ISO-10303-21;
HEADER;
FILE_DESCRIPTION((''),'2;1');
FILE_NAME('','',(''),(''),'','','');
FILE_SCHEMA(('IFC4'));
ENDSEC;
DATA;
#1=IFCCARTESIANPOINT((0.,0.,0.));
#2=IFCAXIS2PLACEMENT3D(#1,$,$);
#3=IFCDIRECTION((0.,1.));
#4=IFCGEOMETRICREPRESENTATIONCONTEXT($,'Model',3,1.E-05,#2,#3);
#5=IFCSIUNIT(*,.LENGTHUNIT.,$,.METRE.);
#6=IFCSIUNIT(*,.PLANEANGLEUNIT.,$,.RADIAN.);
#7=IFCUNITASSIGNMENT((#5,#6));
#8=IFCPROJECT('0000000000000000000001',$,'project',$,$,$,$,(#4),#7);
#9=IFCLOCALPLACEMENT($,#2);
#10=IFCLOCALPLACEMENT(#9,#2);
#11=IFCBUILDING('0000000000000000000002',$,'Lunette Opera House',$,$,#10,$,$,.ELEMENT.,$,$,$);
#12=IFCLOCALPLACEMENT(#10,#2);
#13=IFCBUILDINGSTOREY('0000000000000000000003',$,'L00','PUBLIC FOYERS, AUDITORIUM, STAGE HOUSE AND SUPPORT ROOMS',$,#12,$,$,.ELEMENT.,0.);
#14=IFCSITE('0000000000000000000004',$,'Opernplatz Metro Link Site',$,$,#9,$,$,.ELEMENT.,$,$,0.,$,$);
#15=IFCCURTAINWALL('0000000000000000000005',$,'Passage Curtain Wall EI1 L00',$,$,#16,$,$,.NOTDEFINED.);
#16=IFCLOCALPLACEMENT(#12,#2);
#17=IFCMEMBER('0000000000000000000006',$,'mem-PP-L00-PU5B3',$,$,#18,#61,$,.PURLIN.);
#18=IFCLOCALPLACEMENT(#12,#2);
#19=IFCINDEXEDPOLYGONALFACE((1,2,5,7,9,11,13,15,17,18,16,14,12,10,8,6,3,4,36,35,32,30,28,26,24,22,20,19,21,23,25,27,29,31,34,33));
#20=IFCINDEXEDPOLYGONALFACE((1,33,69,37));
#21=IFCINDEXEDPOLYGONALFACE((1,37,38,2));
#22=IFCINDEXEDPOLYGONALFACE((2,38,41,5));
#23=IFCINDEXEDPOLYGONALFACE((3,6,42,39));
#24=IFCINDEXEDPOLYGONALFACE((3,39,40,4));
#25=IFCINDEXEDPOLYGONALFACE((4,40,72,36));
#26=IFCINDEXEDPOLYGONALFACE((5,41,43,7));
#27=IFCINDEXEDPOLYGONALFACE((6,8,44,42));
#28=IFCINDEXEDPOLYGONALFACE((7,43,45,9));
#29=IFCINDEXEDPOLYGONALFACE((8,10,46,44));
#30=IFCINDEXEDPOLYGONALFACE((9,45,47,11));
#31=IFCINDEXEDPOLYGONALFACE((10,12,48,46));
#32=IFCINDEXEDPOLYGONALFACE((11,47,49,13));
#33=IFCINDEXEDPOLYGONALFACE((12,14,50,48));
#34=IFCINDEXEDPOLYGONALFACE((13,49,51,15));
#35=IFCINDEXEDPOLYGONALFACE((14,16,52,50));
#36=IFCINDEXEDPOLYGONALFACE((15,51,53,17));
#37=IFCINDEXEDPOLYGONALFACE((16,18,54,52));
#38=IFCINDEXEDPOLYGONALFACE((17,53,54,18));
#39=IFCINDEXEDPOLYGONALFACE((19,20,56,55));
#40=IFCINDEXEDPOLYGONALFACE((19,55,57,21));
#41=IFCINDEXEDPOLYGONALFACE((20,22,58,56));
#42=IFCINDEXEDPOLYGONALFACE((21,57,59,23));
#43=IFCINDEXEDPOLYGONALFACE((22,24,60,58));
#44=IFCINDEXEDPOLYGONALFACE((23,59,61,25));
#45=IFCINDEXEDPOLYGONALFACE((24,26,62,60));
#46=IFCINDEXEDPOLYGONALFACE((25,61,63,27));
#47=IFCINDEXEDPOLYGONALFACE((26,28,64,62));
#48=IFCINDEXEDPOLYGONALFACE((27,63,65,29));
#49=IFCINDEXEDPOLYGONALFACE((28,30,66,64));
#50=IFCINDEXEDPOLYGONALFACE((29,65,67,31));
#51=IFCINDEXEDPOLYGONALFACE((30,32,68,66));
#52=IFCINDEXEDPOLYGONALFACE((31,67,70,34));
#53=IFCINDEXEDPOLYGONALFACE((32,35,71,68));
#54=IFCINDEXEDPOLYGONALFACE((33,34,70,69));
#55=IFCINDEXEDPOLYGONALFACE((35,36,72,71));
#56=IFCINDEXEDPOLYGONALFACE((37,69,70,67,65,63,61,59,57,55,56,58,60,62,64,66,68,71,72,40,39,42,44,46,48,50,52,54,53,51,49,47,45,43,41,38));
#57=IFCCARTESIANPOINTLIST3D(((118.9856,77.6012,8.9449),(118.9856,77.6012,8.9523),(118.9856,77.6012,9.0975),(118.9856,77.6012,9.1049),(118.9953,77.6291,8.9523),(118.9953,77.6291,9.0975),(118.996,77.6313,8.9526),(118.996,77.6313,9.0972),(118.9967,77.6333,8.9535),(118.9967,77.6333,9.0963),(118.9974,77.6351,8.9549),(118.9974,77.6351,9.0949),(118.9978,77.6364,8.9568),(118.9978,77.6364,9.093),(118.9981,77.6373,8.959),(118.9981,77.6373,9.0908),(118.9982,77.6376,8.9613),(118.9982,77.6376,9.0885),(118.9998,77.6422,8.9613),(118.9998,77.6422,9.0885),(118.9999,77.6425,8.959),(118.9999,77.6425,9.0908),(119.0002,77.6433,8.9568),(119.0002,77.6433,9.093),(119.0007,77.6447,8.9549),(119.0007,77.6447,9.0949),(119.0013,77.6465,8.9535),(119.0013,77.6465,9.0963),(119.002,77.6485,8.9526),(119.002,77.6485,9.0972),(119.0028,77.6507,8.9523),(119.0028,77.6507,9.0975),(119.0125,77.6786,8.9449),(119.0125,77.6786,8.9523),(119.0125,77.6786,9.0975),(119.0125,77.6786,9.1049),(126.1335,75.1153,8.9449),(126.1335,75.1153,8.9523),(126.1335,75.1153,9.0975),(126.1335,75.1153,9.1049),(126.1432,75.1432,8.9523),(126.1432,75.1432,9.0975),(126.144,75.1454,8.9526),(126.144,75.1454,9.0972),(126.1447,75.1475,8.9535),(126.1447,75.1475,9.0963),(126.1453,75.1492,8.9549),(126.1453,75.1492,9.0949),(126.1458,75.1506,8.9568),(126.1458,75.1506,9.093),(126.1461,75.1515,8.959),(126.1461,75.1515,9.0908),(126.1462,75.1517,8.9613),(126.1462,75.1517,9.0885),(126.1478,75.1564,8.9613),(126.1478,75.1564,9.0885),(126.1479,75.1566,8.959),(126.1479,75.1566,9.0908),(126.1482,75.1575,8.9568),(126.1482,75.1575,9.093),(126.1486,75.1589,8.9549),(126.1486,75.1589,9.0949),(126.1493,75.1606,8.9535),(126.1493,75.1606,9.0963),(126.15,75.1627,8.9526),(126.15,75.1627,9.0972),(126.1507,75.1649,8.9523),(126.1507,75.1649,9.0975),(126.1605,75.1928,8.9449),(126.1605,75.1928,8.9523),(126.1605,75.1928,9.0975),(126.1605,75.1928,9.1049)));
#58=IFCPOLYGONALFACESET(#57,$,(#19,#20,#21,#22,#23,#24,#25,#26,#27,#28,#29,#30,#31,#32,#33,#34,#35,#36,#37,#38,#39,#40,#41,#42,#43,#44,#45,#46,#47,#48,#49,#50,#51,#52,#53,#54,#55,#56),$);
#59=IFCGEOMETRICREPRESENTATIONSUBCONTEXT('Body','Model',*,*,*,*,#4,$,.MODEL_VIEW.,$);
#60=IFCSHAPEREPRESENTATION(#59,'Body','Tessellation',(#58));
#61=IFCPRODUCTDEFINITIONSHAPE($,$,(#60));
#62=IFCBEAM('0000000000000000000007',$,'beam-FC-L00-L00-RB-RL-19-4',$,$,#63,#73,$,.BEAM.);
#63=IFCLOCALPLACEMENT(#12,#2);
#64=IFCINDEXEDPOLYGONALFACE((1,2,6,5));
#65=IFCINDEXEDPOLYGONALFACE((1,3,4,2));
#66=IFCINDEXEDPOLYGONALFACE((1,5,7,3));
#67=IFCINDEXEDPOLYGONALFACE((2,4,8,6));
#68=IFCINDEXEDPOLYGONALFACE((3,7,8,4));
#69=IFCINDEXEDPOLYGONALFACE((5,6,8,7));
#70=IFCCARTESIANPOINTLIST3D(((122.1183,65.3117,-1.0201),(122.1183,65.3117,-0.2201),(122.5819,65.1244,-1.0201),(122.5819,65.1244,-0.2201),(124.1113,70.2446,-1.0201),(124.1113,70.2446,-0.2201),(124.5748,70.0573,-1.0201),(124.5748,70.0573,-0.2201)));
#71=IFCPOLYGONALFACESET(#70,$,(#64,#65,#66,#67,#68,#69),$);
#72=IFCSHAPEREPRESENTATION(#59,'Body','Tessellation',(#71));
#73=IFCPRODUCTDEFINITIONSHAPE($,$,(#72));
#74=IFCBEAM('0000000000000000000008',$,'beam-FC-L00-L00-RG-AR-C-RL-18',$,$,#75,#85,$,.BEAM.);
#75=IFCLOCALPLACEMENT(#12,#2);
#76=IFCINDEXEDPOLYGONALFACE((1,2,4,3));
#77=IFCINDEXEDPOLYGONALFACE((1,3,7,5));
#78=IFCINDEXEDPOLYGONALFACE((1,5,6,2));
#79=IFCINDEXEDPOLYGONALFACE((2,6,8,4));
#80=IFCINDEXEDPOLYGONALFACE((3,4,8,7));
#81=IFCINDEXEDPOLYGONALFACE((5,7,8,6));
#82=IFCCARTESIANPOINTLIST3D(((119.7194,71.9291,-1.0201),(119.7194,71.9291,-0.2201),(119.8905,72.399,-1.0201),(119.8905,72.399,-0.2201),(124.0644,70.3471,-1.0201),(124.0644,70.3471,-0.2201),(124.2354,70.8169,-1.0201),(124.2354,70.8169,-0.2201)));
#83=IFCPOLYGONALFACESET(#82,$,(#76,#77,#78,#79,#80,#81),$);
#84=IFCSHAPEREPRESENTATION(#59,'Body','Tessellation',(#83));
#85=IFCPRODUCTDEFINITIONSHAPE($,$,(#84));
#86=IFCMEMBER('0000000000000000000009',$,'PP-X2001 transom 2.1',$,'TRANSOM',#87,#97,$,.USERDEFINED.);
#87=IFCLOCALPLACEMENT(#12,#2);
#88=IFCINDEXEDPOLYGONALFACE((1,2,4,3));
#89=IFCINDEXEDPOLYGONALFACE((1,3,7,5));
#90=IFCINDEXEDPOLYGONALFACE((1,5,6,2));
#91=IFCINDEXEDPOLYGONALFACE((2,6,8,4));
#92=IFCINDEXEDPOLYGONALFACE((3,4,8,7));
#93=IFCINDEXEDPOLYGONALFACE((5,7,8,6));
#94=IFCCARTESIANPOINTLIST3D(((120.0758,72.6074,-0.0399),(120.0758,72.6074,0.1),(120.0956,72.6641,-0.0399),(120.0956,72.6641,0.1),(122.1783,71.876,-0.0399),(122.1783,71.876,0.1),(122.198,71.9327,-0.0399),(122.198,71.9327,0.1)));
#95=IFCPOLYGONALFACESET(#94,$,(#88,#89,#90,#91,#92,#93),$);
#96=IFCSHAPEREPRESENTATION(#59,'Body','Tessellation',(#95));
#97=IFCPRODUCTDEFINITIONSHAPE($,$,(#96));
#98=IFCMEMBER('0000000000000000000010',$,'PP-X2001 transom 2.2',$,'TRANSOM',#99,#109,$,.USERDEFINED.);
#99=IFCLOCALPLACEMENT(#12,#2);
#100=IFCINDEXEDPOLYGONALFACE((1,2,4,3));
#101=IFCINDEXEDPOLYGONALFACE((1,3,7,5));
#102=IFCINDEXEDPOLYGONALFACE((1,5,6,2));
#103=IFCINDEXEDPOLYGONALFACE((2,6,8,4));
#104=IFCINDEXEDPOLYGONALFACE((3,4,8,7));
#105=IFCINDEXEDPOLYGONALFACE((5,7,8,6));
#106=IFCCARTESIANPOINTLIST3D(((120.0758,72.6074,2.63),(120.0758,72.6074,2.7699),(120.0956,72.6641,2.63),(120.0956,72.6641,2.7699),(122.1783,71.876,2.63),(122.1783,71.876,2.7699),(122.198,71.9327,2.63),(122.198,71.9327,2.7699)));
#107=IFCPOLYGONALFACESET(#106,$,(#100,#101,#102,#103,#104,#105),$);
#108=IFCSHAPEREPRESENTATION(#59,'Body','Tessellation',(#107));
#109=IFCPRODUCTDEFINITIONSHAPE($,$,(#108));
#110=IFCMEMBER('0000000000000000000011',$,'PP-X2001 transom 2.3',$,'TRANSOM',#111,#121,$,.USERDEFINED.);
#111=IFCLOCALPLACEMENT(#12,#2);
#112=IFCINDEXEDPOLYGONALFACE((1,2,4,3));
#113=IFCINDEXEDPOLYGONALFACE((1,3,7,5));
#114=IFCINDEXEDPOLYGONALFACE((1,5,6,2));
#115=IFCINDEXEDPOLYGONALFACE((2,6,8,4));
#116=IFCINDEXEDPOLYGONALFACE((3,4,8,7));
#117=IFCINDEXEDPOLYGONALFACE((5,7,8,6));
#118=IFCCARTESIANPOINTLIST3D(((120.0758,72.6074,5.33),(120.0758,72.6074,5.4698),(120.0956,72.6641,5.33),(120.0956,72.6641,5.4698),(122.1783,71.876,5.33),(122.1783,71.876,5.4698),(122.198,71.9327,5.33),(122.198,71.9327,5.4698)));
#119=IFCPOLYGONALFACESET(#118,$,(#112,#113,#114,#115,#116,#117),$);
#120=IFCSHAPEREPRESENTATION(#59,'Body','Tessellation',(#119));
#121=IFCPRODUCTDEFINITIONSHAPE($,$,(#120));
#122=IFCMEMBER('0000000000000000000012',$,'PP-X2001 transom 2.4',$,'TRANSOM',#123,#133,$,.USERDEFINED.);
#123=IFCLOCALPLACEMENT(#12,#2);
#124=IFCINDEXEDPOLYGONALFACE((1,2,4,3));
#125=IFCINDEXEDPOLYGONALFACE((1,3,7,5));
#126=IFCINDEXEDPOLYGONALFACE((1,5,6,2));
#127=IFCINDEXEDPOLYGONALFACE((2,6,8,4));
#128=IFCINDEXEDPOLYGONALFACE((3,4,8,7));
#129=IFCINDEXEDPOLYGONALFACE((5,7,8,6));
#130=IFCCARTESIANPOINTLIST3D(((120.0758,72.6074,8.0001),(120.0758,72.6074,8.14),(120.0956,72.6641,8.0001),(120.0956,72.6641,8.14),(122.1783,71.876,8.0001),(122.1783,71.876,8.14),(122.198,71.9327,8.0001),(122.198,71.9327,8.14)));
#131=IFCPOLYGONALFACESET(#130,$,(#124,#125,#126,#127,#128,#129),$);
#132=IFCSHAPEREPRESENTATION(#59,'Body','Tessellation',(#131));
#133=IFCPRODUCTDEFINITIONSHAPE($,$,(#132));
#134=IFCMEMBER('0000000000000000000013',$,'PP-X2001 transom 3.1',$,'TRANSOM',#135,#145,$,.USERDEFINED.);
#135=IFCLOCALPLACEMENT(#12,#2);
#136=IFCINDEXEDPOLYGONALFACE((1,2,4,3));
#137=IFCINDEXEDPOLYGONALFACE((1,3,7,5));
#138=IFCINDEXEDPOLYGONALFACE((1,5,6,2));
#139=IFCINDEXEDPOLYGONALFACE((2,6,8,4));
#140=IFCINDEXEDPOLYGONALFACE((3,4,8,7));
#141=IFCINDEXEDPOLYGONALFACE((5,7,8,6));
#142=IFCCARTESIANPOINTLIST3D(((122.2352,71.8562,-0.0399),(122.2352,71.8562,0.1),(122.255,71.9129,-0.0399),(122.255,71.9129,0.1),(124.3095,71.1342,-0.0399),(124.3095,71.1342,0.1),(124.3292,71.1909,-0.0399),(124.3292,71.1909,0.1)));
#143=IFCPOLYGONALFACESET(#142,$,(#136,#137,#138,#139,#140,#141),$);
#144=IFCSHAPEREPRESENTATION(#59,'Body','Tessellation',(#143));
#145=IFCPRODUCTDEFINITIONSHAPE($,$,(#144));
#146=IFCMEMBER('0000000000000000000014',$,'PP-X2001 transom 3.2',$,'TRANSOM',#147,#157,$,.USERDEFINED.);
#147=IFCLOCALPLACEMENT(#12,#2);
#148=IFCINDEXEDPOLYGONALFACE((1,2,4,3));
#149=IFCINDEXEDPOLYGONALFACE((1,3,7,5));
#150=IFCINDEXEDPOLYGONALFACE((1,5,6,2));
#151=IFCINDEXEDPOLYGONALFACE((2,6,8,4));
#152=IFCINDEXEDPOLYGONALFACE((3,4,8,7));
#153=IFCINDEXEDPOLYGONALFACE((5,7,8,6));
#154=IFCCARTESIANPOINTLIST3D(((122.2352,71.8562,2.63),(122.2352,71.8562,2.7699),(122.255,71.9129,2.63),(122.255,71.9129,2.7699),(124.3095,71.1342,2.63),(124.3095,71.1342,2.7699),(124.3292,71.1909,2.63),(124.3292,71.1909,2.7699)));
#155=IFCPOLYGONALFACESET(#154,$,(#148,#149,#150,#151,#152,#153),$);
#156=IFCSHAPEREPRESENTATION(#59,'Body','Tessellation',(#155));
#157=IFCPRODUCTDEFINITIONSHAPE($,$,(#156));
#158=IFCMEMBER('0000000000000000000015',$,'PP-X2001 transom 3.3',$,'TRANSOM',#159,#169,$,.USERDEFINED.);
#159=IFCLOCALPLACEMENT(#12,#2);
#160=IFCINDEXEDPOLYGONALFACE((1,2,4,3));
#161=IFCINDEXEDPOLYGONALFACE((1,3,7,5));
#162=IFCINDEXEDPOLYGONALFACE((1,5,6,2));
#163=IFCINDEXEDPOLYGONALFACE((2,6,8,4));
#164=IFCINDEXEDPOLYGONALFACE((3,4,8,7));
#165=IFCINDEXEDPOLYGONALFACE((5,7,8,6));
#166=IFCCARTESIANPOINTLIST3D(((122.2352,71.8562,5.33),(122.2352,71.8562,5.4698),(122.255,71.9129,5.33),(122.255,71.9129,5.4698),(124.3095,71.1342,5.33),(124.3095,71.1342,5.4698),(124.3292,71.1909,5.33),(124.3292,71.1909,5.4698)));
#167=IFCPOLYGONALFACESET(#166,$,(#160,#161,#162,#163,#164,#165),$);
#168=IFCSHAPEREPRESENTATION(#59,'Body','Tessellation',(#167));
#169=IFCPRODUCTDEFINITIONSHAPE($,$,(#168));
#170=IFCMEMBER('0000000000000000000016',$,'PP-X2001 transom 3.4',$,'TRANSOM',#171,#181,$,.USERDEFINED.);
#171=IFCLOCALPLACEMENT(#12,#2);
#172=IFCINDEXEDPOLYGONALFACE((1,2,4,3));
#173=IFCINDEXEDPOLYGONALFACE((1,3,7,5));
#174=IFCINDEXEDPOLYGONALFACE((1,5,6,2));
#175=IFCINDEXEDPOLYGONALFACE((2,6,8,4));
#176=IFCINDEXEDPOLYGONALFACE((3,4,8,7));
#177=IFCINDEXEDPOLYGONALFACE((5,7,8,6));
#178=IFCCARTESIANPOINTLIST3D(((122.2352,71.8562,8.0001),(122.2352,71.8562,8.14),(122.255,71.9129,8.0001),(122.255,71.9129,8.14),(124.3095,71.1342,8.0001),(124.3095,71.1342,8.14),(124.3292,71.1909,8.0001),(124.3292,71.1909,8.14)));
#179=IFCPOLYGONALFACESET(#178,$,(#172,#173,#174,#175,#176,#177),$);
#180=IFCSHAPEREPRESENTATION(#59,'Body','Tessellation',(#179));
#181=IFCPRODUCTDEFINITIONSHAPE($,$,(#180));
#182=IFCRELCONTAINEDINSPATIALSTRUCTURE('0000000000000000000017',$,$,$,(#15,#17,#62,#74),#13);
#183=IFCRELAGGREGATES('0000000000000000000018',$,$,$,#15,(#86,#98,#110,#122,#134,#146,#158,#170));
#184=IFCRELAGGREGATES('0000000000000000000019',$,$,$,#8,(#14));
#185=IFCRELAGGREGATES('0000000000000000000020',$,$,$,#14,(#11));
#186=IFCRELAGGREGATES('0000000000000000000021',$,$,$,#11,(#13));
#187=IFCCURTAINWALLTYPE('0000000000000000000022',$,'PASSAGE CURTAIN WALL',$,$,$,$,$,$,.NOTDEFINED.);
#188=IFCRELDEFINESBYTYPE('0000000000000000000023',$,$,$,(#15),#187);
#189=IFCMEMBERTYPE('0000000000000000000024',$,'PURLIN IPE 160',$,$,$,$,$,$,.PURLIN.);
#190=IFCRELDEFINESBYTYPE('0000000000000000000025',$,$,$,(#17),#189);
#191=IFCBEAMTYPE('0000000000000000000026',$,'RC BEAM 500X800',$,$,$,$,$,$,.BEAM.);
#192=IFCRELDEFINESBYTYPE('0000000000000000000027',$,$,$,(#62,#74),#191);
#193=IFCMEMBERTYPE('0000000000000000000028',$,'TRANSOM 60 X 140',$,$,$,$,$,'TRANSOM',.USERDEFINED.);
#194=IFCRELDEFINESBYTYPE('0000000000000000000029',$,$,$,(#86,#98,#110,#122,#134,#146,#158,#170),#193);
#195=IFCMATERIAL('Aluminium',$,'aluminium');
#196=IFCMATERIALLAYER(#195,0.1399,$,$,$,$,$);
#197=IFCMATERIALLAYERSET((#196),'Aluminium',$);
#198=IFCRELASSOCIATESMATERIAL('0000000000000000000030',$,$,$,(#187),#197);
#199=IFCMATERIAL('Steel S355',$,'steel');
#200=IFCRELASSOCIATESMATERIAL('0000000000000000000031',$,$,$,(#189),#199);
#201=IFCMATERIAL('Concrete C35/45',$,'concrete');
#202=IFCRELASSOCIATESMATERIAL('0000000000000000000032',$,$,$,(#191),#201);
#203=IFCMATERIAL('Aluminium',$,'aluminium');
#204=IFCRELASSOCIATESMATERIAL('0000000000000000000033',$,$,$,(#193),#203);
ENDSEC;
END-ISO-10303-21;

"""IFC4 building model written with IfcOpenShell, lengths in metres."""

from ifc_helpers import new_model, si_unit, direction, frame, origin, origin_2d, place, context, subcontext, project, spatial, rectangle, i_section, extrude, material, layer, layer_set, material_profile, profile_set, type_object, element, aggregate, save


model = new_model("IFC4")

# Units and contexts
model_context = context("Model", 3, precision=1e-05, world=origin(), true_north=direction((0.0, 1.0)))
body_context = subcontext(model_context, "Body", "Model", "MODEL_VIEW")
ifc_project = project(units=[si_unit("LENGTHUNIT", "METRE"), si_unit("PLANEANGLEUNIT", "RADIAN")], contexts=[model_context])

# Site, building, storey
site_placement = place(None, origin())
site = spatial("IfcSite", under=ifc_project, at=site_placement, Name="Opernplatz Metro Link Site", CompositionType="ELEMENT", RefElevation=0.0)
building_placement = place(site_placement, origin())
building = spatial("IfcBuilding", under=site, at=building_placement, Name="Lunette Opera House", CompositionType="ELEMENT")
storey_placement = place(building_placement, origin())
storey = spatial("IfcBuildingStorey", under=building, at=storey_placement, Name="L00", Description="PUBLIC FOYERS, AUDITORIUM, STAGE HOUSE AND SUPPORT ROOMS", CompositionType="ELEMENT", Elevation=0.0)

# Curtain wall
ifc_material_1 = material(Name="Aluminium", Category="aluminium")
ifc_layer_1 = layer(ifc_material_1, 0.1399)
ifc_layer_set_1 = layer_set([ifc_layer_1], Name="Aluminium")
curtain_wall_type = type_object("IfcCurtainWallType", Name="PASSAGE CURTAIN WALL", PredefinedType="NOTDEFINED", material=ifc_layer_set_1)
curtain_wall_1_placement = place(storey_placement, origin())
curtain_wall_1 = element("IfcCurtainWall", 1, at=curtain_wall_1_placement, inside=storey, type_object=curtain_wall_type, Name="Passage Curtain Wall EI1 L00", PredefinedType="NOTDEFINED")

# Member
ifc_material_2 = material(Name="Steel S355", Category="steel")
ifc_material_profile_1 = material_profile(ifc_material_2, i_section(OverallWidth=0.082, OverallDepth=0.1599, WebThickness=0.0049, FlangeThickness=0.0073, FilletRadius=0.009, at=origin_2d()), Name="IPE 160")
ifc_profile_set_1 = profile_set([ifc_material_profile_1], Name="Steel S355")
member_type_1 = type_object("IfcMemberType", Name="PURLIN IPE 160", PredefinedType="PURLIN", material=ifc_profile_set_1)
member_1_placement = place(storey_placement, frame((118.999, 77.6399, 9.0249), z_axis=(0.944513, -0.328473, 0.0), x_axis=(0.328473, 0.944513, 0.0)))
element("IfcMember", 2, at=member_1_placement, inside=storey, type_object=member_type_1, Name="mem-PP-L00-PU5B3", PredefinedType="PURLIN", context=body_context, shape_type="SweptSolid", body=[
    extrude(i_section(OverallWidth=0.082, OverallDepth=0.1599, WebThickness=0.0049, FlangeThickness=0.0073, FilletRadius=0.009, at=origin_2d()), origin(), (0.0, 0.0, 1.0), 7.5679),
])

# Beams
ifc_material_3 = material(Name="Concrete C35/45", Category="concrete")
ifc_material_profile_2 = material_profile(ifc_material_3, rectangle(XDim=0.5, YDim=0.8, at=origin_2d()), Name="RC BEAM 500X800")
ifc_profile_set_2 = profile_set([ifc_material_profile_2], Name="Concrete C35/45")
beam_type = type_object("IfcBeamType", Name="RC BEAM 500X800", PredefinedType="BEAM", material=ifc_profile_set_2)
beam_1_placement = place(storey_placement, frame((122.3501, 65.218, -0.6201), z_axis=(0.374593, 0.927189, 0.0), x_axis=(-0.927189, 0.374593, 0.0)))
element("IfcBeam", 3, at=beam_1_placement, inside=storey, type_object=beam_type, Name="beam-FC-L00-L00-RB-RL-19-4", PredefinedType="BEAM", context=body_context, shape_type="SweptSolid", body=[
    extrude(rectangle(XDim=0.5, YDim=0.8, at=origin_2d()), origin(), (0.0, 0.0, 1.0), 5.3203),
])
beam_2_placement = place(storey_placement, frame((119.8049, 72.1641, -0.6201), z_axis=(0.939652, -0.342133, 0.0), x_axis=(0.342133, 0.939652, 0.0)))
element("IfcBeam", 4, at=beam_2_placement, inside=storey, type_object=beam_type, Name="beam-FC-L00-L00-RG-AR-C-RL-18", PredefinedType="BEAM", context=body_context, shape_type="SweptSolid", body=[
    extrude(rectangle(XDim=0.5, YDim=0.8, at=origin_2d()), origin(), (0.0, 0.0, 1.0), 4.624),
])

# Members
ifc_material_4 = material(Name="Aluminium", Category="aluminium")
ifc_material_profile_3 = material_profile(ifc_material_4, rectangle(XDim=0.0601, YDim=0.1399, at=origin_2d()), Name="TRANSOM 60 X 140")
ifc_profile_set_3 = profile_set([ifc_material_profile_3], Name="Aluminium")
member_type_2 = type_object("IfcMemberType", Name="TRANSOM 60 X 140", ElementType="TRANSOM", PredefinedType="USERDEFINED", material=ifc_profile_set_3)
member_2_placement = place(storey_placement, frame((120.0857, 72.6357, 0.03), z_axis=(0.944479, -0.328572, 0.0), x_axis=(0.328572, 0.944479, 0.0)))
member_2 = element("IfcMember", 5, at=member_2_placement, type_object=member_type_2, Name="PP-X2001 transom 2.1", ObjectType="TRANSOM", PredefinedType="USERDEFINED", context=body_context, shape_type="SweptSolid", body=[
    extrude(rectangle(XDim=0.0601, YDim=0.1399, at=origin_2d()), origin(), (0.0, 0.0, 1.0), 2.2261),
])
member_3_placement = place(storey_placement, frame((120.0857, 72.6357, 2.7), z_axis=(0.944479, -0.328572, 0.0), x_axis=(0.328572, 0.944479, 0.0)))
member_3 = element("IfcMember", 6, at=member_3_placement, type_object=member_type_2, Name="PP-X2001 transom 2.2", ObjectType="TRANSOM", PredefinedType="USERDEFINED", context=body_context, shape_type="SweptSolid", body=[
    extrude(rectangle(XDim=0.0601, YDim=0.1399, at=origin_2d()), origin(), (0.0, 0.0, 1.0), 2.2261),
])
member_4_placement = place(storey_placement, frame((120.0857, 72.6357, 5.3999), z_axis=(0.944479, -0.328572, 0.0), x_axis=(0.328572, 0.944479, 0.0)))
member_4 = element("IfcMember", 7, at=member_4_placement, type_object=member_type_2, Name="PP-X2001 transom 2.3", ObjectType="TRANSOM", PredefinedType="USERDEFINED", context=body_context, shape_type="SweptSolid", body=[
    extrude(rectangle(XDim=0.0601, YDim=0.1399, at=origin_2d()), origin(), (0.0, 0.0, 1.0), 2.2261),
])
member_5_placement = place(storey_placement, frame((120.0857, 72.6357, 8.0701), z_axis=(0.944479, -0.328572, 0.0), x_axis=(0.328572, 0.944479, 0.0)))
member_5 = element("IfcMember", 8, at=member_5_placement, type_object=member_type_2, Name="PP-X2001 transom 2.4", ObjectType="TRANSOM", PredefinedType="USERDEFINED", context=body_context, shape_type="SweptSolid", body=[
    extrude(rectangle(XDim=0.0601, YDim=0.1399, at=origin_2d()), origin(), (0.0, 0.0, 1.0), 2.2261),
])
member_6_placement = place(storey_placement, frame((122.2451, 71.8845, 0.03), z_axis=(0.944432, -0.328706, 0.0), x_axis=(0.328706, 0.944432, 0.0)))
member_6 = element("IfcMember", 9, at=member_6_placement, type_object=member_type_2, Name="PP-X2001 transom 3.1", ObjectType="TRANSOM", PredefinedType="USERDEFINED", context=body_context, shape_type="SweptSolid", body=[
    extrude(rectangle(XDim=0.0601, YDim=0.1399, at=origin_2d()), origin(), (0.0, 0.0, 1.0), 2.1963),
])
member_7_placement = place(storey_placement, frame((122.2451, 71.8845, 2.7), z_axis=(0.944432, -0.328706, 0.0), x_axis=(0.328706, 0.944432, 0.0)))
member_7 = element("IfcMember", 10, at=member_7_placement, type_object=member_type_2, Name="PP-X2001 transom 3.2", ObjectType="TRANSOM", PredefinedType="USERDEFINED", context=body_context, shape_type="SweptSolid", body=[
    extrude(rectangle(XDim=0.0601, YDim=0.1399, at=origin_2d()), origin(), (0.0, 0.0, 1.0), 2.1963),
])
member_8_placement = place(storey_placement, frame((122.2451, 71.8845, 5.3999), z_axis=(0.944432, -0.328706, 0.0), x_axis=(0.328706, 0.944432, 0.0)))
member_8 = element("IfcMember", 11, at=member_8_placement, type_object=member_type_2, Name="PP-X2001 transom 3.3", ObjectType="TRANSOM", PredefinedType="USERDEFINED", context=body_context, shape_type="SweptSolid", body=[
    extrude(rectangle(XDim=0.0601, YDim=0.1399, at=origin_2d()), origin(), (0.0, 0.0, 1.0), 2.1963),
])
member_9_placement = place(storey_placement, frame((122.2451, 71.8845, 8.0701), z_axis=(0.944432, -0.328706, 0.0), x_axis=(0.328706, 0.944432, 0.0)))
member_9 = element("IfcMember", 12, at=member_9_placement, type_object=member_type_2, Name="PP-X2001 transom 3.4", ObjectType="TRANSOM", PredefinedType="USERDEFINED", context=body_context, shape_type="SweptSolid", body=[
    extrude(rectangle(XDim=0.0601, YDim=0.1399, at=origin_2d()), origin(), (0.0, 0.0, 1.0), 2.1963),
])

aggregate(curtain_wall_1, [member_2, member_3, member_4, member_5, member_6, member_7, member_8, member_9])

save(model, "model.ifc")
